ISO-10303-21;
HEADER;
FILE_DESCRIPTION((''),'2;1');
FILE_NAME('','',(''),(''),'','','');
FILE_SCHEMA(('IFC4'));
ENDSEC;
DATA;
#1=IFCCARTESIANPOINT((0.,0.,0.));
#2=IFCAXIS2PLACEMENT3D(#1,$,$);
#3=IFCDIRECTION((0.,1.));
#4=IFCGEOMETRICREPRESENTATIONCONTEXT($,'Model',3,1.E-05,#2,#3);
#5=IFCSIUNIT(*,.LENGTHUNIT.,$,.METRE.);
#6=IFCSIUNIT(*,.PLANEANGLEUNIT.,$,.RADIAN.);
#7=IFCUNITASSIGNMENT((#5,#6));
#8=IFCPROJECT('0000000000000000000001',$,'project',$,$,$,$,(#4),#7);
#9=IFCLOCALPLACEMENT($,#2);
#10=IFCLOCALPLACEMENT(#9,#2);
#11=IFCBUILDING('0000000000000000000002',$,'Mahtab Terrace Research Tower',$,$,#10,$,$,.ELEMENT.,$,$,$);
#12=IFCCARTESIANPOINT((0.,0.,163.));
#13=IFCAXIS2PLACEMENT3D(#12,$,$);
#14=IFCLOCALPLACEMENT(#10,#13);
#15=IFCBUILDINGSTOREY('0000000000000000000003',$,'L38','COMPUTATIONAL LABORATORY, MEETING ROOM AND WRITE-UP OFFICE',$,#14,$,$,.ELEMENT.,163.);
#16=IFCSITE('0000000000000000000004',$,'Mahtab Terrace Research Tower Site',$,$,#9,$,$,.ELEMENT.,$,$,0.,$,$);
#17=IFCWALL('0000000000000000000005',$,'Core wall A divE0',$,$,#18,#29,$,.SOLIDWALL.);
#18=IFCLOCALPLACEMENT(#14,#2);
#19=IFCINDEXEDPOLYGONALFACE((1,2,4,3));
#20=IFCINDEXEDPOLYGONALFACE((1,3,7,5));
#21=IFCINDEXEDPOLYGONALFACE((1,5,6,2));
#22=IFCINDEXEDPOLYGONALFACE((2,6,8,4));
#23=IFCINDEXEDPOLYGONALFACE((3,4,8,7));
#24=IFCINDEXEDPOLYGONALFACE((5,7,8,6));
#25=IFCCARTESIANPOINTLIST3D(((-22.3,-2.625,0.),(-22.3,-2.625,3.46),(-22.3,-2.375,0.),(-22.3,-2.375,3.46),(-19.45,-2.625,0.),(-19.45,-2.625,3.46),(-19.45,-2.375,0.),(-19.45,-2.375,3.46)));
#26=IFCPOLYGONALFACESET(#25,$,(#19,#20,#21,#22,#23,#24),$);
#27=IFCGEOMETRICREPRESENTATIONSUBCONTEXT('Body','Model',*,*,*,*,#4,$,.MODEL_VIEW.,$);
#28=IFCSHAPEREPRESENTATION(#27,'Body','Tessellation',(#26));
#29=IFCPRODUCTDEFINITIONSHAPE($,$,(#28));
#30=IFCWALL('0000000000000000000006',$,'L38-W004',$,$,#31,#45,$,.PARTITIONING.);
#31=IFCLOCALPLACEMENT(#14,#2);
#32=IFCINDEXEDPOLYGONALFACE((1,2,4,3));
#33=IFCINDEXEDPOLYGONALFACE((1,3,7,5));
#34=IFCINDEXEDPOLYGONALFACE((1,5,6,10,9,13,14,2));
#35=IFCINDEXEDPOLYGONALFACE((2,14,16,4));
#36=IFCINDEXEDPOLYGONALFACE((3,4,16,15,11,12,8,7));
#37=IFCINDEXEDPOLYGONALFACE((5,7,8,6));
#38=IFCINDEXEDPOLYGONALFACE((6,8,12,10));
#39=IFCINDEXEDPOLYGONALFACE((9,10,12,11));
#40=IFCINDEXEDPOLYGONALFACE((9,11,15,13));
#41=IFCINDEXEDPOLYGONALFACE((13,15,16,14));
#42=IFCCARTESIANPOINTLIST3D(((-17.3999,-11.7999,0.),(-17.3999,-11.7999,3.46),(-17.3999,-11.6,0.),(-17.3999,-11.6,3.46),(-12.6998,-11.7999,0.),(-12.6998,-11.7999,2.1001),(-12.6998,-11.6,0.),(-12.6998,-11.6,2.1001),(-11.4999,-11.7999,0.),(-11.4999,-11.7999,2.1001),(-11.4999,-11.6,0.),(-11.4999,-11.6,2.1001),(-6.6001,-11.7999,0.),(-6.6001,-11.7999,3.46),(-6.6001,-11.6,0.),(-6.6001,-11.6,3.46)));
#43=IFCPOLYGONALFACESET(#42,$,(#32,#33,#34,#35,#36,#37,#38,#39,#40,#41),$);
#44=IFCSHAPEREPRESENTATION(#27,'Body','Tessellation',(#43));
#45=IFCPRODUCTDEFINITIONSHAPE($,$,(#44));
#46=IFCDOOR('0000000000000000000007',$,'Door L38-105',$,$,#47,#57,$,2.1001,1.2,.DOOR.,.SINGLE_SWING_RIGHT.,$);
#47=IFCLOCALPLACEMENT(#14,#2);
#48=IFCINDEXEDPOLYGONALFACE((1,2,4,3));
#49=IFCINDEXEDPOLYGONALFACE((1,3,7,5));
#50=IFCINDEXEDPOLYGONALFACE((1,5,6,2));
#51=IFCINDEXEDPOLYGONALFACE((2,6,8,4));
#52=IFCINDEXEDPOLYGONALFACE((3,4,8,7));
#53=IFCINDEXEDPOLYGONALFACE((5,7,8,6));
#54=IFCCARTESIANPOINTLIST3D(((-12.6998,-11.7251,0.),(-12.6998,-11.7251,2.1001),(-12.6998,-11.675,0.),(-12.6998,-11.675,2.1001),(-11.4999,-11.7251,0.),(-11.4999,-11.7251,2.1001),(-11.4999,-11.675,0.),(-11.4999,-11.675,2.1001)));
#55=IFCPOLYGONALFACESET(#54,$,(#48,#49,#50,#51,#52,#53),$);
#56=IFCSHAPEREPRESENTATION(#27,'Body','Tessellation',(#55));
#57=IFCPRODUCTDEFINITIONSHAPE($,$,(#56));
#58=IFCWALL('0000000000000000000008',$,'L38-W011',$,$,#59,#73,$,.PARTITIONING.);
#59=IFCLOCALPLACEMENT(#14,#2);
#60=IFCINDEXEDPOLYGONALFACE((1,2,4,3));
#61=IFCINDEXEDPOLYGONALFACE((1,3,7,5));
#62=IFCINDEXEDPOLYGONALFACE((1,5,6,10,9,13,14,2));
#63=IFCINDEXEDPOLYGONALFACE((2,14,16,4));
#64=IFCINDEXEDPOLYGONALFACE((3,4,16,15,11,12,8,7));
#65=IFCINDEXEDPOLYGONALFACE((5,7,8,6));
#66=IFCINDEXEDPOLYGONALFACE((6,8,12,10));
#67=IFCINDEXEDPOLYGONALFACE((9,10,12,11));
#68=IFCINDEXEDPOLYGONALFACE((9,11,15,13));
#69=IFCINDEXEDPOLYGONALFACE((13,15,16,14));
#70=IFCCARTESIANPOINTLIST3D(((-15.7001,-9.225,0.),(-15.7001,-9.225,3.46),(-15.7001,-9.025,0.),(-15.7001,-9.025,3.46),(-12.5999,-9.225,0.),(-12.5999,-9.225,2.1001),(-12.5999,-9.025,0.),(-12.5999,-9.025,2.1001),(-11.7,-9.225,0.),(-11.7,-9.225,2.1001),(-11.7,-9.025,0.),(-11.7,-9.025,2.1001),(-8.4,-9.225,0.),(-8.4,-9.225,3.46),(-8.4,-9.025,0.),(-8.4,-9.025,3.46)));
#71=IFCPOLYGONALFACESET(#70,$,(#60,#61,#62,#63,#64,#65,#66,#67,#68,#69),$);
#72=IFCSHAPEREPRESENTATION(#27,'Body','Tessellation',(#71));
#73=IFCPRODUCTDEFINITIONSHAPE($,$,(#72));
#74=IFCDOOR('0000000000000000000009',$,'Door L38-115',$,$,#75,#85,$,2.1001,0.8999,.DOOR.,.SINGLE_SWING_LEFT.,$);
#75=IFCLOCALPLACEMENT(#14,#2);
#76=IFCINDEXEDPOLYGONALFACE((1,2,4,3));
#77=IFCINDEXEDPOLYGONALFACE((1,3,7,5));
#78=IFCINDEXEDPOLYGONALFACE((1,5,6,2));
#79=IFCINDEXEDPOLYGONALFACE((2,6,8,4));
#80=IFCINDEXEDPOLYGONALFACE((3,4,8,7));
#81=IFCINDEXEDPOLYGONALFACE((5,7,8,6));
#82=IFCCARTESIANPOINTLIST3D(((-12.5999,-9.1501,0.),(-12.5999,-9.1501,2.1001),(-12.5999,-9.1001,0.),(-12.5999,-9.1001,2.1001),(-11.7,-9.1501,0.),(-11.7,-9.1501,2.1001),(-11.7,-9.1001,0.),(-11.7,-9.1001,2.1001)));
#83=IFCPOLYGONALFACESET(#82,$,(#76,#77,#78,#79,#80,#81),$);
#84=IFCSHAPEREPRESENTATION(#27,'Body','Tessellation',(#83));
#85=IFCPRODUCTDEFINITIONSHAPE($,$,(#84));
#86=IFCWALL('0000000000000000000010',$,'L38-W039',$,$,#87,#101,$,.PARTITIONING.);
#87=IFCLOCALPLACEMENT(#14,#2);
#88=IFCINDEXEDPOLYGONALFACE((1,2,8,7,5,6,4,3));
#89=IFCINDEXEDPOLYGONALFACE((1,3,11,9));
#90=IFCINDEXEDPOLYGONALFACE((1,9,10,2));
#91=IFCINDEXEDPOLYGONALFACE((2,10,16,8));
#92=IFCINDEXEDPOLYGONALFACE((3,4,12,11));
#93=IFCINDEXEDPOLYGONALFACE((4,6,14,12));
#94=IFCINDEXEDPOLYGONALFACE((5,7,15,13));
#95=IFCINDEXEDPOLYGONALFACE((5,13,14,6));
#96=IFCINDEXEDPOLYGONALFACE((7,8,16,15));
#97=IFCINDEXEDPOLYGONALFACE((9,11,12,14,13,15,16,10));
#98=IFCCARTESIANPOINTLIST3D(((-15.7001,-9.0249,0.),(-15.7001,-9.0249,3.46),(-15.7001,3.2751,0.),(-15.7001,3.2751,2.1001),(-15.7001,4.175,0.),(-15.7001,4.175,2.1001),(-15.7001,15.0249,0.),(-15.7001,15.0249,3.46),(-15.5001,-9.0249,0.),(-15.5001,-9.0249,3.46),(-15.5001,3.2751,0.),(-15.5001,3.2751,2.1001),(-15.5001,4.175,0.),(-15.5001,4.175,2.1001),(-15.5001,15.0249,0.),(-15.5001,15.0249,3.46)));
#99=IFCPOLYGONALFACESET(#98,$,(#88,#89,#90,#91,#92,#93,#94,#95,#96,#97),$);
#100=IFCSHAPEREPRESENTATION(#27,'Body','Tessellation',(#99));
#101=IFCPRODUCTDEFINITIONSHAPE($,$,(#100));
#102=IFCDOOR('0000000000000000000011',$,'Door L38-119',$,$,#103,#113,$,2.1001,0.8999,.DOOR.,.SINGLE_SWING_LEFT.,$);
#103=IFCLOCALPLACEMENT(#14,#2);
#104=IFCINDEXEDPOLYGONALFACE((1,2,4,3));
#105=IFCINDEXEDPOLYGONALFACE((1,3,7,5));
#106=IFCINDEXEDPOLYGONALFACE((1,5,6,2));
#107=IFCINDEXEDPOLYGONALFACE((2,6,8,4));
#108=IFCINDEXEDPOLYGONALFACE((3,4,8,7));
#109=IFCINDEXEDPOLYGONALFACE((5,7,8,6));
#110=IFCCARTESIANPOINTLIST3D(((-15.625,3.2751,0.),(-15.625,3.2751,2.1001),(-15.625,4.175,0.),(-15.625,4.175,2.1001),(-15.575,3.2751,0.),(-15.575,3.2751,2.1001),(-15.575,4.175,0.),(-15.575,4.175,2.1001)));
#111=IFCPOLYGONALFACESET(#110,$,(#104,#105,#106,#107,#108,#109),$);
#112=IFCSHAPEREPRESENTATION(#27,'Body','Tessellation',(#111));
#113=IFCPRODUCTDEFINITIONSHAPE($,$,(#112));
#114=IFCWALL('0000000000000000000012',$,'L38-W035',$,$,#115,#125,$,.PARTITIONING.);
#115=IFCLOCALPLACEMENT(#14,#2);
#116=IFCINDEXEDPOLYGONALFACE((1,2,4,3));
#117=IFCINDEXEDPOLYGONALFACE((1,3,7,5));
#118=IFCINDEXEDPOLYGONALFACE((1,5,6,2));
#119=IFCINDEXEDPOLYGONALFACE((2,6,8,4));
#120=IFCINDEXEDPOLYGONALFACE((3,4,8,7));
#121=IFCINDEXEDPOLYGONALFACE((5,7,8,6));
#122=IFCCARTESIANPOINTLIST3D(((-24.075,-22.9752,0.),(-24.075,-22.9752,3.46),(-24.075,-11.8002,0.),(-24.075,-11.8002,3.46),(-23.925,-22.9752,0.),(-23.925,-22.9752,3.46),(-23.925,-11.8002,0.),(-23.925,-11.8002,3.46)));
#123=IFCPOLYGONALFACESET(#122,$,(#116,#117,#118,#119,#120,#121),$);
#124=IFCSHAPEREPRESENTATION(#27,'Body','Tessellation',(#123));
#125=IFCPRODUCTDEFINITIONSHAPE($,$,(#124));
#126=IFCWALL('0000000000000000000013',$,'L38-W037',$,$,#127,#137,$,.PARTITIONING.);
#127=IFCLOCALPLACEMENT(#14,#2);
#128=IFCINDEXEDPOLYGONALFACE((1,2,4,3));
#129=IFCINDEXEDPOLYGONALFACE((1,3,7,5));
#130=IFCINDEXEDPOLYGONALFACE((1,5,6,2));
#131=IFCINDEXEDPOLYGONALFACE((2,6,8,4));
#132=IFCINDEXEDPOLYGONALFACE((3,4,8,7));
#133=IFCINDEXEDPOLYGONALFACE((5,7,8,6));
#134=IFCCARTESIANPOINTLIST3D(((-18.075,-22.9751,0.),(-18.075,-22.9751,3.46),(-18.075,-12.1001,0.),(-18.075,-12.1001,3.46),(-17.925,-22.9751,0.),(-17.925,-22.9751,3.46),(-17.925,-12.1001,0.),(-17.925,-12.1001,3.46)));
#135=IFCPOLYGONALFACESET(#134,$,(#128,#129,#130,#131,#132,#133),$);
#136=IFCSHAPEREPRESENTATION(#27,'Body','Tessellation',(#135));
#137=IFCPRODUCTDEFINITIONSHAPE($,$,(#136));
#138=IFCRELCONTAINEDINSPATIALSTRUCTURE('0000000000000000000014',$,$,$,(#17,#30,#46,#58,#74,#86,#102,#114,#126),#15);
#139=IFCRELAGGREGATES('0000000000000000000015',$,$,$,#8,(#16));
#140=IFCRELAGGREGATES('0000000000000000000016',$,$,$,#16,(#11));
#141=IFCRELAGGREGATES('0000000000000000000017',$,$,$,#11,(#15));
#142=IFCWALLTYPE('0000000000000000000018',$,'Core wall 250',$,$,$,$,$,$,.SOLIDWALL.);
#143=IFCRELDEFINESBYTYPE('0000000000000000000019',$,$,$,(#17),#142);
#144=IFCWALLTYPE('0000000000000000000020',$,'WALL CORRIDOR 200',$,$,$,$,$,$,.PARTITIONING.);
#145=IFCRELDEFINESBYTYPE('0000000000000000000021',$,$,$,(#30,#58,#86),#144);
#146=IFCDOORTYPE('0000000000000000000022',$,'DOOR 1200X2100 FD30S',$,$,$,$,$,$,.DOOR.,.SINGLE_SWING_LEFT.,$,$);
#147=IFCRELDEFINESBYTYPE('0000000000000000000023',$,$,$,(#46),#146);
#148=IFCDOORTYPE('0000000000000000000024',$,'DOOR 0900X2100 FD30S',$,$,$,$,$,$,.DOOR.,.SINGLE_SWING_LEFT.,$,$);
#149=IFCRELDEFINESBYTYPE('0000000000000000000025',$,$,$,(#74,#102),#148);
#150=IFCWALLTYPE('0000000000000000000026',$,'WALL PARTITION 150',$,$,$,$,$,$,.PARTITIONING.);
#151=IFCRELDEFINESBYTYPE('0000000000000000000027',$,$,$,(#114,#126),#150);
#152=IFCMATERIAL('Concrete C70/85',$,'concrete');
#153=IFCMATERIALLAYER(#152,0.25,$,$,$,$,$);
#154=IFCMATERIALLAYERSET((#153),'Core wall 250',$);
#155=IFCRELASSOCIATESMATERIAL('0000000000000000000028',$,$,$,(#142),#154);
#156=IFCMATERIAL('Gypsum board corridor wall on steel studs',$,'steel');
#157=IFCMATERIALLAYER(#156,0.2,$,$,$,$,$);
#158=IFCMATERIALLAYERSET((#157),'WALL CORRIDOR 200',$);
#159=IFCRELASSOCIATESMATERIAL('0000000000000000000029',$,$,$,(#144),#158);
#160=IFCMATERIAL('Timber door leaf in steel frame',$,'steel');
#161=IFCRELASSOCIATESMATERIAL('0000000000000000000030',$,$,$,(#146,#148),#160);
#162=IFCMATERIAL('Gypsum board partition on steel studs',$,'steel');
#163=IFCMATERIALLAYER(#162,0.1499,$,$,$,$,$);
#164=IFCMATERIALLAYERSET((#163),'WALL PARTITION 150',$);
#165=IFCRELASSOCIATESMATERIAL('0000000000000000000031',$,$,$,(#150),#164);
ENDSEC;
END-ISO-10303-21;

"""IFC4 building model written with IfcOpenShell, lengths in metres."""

from ifc_helpers import new_model, si_unit, direction, frame, frame_2d, origin, place, context, subcontext, project, spatial, rectangle, extrude, material, layer, layer_set, type_object, element, fill, save


model = new_model("IFC4")

# Units and contexts
model_context = context("Model", 3, precision=1e-05, world=origin(), true_north=direction((0.0, 1.0)))
body_context = subcontext(model_context, "Body", "Model", "MODEL_VIEW")
ifc_project = project(units=[si_unit("LENGTHUNIT", "METRE"), si_unit("PLANEANGLEUNIT", "RADIAN")], contexts=[model_context])

# Site, building, storey
site_placement = place(None, origin())
site = spatial("IfcSite", under=ifc_project, at=site_placement, Name="Mahtab Terrace Research Tower Site", CompositionType="ELEMENT", RefElevation=0.0)
building_placement = place(site_placement, origin())
building = spatial("IfcBuilding", under=site, at=building_placement, Name="Mahtab Terrace Research Tower", CompositionType="ELEMENT")
storey_placement = place(building_placement, frame((0.0, 0.0, 163.0)))
storey = spatial("IfcBuildingStorey", under=building, at=storey_placement, Name="L38", Description="COMPUTATIONAL LABORATORY, MEETING ROOM AND WRITE-UP OFFICE", CompositionType="ELEMENT", Elevation=163.0)

# Shared definitions
ifc_material_1 = material(Name="Concrete C70/85", Category="concrete")

# Shared definitions
ifc_layer_1 = layer(ifc_material_1, 0.25)
ifc_layer_set_1 = layer_set([ifc_layer_1], Name="Core wall 250")
wall_type_1 = type_object("IfcWallType", Name="Core wall 250", PredefinedType="SOLIDWALL", material=ifc_layer_set_1)

# Wall
wall_1_placement = place(storey_placement, frame((-22.3, -2.5, 0.0), z_axis=(0.0, 0.0, 1.0), x_axis=(1.0, 0.0, 0.0)))
element("IfcWall", 1, at=wall_1_placement, inside=storey, type_object=wall_type_1, Name="Core wall A divE0", PredefinedType="SOLIDWALL", context=body_context, shape_type="SweptSolid", body=[
    extrude(rectangle(XDim=2.8501, YDim=0.25, at=frame_2d((1.425, 0.0))), origin(), (0.0, 0.0, 1.0), 3.46),
])

# Walls, openings, doors
ifc_material_2 = material(Name="Gypsum board corridor wall on steel studs", Category="steel")
ifc_layer_2 = layer(ifc_material_2, 0.2)
ifc_layer_set_2 = layer_set([ifc_layer_2], Name="WALL CORRIDOR 200")
wall_type_2 = type_object("IfcWallType", Name="WALL CORRIDOR 200", PredefinedType="PARTITIONING", material=ifc_layer_set_2)
wall_2_placement = place(storey_placement, frame((-17.3999, -11.7, 0.0), z_axis=(0.0, 0.0, 1.0), x_axis=(1.0, 0.0, 0.0)))
wall_2 = element("IfcWall", 2, at=wall_2_placement, inside=storey, type_object=wall_type_2, Name="L38-W004", PredefinedType="PARTITIONING", context=body_context, shape_type="SweptSolid", body=[
    extrude(rectangle(XDim=10.7998, YDim=0.2, at=frame_2d((5.3999, 0.0))), origin(), (0.0, 0.0, 1.0), 3.46),
])
opening_1_placement = place(wall_2_placement, frame((4.7, 0.0, 0.0)))
opening_1 = element("IfcOpeningElement", 3, at=opening_1_placement, cuts=wall_2, PredefinedType="OPENING", context=body_context, shape_type="SweptSolid", body=[
    extrude(rectangle(XDim=1.2, YDim=2.1001, at=frame_2d((0.6001, 1.05))), frame((0.0, 0.1099, 0.0), z_axis=(0.0, -1.0, 0.0), x_axis=(1.0, 0.0, 0.0)), (0.0, 0.0, 1.0), 0.22),
])
ifc_material_3 = material(Name="Timber door leaf in steel frame", Category="steel")
door_type_1 = type_object("IfcDoorType", Name="DOOR 1200X2100 FD30S", OperationType="SINGLE_SWING_LEFT", PredefinedType="DOOR", material=ifc_material_3)
door_1_placement = place(opening_1_placement, origin())
door_1 = element("IfcDoor", 4, at=door_1_placement, inside=storey, type_object=door_type_1, Name="Door L38-105", OperationType="SINGLE_SWING_RIGHT", OverallHeight=2.1001, OverallWidth=1.2, PredefinedType="DOOR", context=body_context, shape_type="SweptSolid", body=[
    extrude(rectangle(XDim=1.2, YDim=2.1001, at=frame_2d((0.6001, 1.05))), frame((0.0, 0.0249, 0.0), z_axis=(0.0, -1.0, 0.0), x_axis=(1.0, 0.0, 0.0)), (0.0, 0.0, 1.0), 0.05),
])
fill(opening_1, door_1)
wall_3_placement = place(storey_placement, frame((-15.7, -9.125, 0.0), z_axis=(0.0, 0.0, 1.0), x_axis=(1.0, 0.0, 0.0)))
wall_3 = element("IfcWall", 5, at=wall_3_placement, inside=storey, type_object=wall_type_2, Name="L38-W011", PredefinedType="PARTITIONING", context=body_context, shape_type="SweptSolid", body=[
    extrude(rectangle(XDim=7.3, YDim=0.2, at=frame_2d((3.6499, 0.0))), origin(), (0.0, 0.0, 1.0), 3.46),
])
opening_2_placement = place(wall_3_placement, frame((3.1001, 0.0, 0.0)))
opening_2 = element("IfcOpeningElement", 6, at=opening_2_placement, cuts=wall_3, PredefinedType="OPENING", context=body_context, shape_type="SweptSolid", body=[
    extrude(rectangle(XDim=0.8999, YDim=2.1001, at=frame_2d((0.45, 1.05))), frame((0.0, 0.1099, 0.0), z_axis=(0.0, -1.0, 0.0), x_axis=(1.0, 0.0, 0.0)), (0.0, 0.0, 1.0), 0.22),
])
door_type_2 = type_object("IfcDoorType", Name="DOOR 0900X2100 FD30S", OperationType="SINGLE_SWING_LEFT", PredefinedType="DOOR", material=ifc_material_3)
door_2_placement = place(opening_2_placement, origin())
door_2 = element("IfcDoor", 7, at=door_2_placement, inside=storey, type_object=door_type_2, Name="Door L38-115", OperationType="SINGLE_SWING_LEFT", OverallHeight=2.1001, OverallWidth=0.8999, PredefinedType="DOOR", context=body_context, shape_type="SweptSolid", body=[
    extrude(rectangle(XDim=0.8999, YDim=2.1001, at=frame_2d((0.45, 1.05))), frame((0.0, 0.0249, 0.0), z_axis=(0.0, -1.0, 0.0), x_axis=(1.0, 0.0, 0.0)), (0.0, 0.0, 1.0), 0.05),
])
fill(opening_2, door_2)
wall_4_placement = place(storey_placement, frame((-15.6001, -9.0249, 0.0), z_axis=(0.0, 0.0, 1.0), x_axis=(0.0, 1.0, 0.0)))
wall_4 = element("IfcWall", 8, at=wall_4_placement, inside=storey, type_object=wall_type_2, Name="L38-W039", PredefinedType="PARTITIONING", context=body_context, shape_type="SweptSolid", body=[
    extrude(rectangle(XDim=24.0498, YDim=0.2, at=frame_2d((12.0249, 0.0))), origin(), (0.0, 0.0, 1.0), 3.46),
])
opening_3_placement = place(wall_4_placement, frame((12.3, 0.0, 0.0)))
opening_3 = element("IfcOpeningElement", 9, at=opening_3_placement, cuts=wall_4, PredefinedType="OPENING", context=body_context, shape_type="SweptSolid", body=[
    extrude(rectangle(XDim=0.8999, YDim=2.1001, at=frame_2d((0.45, 1.05))), frame((0.0, 0.1099, 0.0), z_axis=(0.0, -1.0, 0.0), x_axis=(1.0, 0.0, 0.0)), (0.0, 0.0, 1.0), 0.22),
])
door_3_placement = place(opening_3_placement, origin())
door_3 = element("IfcDoor", 10, at=door_3_placement, inside=storey, type_object=door_type_2, Name="Door L38-119", OperationType="SINGLE_SWING_LEFT", OverallHeight=2.1001, OverallWidth=0.8999, PredefinedType="DOOR", context=body_context, shape_type="SweptSolid", body=[
    extrude(rectangle(XDim=0.8999, YDim=2.1001, at=frame_2d((0.45, 1.05))), frame((0.0, 0.0249, 0.0), z_axis=(0.0, -1.0, 0.0), x_axis=(1.0, 0.0, 0.0)), (0.0, 0.0, 1.0), 0.05),
])
fill(opening_3, door_3)

# Walls
ifc_material_4 = material(Name="Gypsum board partition on steel studs", Category="steel")
ifc_layer_3 = layer(ifc_material_4, 0.1499)
ifc_layer_set_3 = layer_set([ifc_layer_3], Name="WALL PARTITION 150")
wall_type_3 = type_object("IfcWallType", Name="WALL PARTITION 150", PredefinedType="PARTITIONING", material=ifc_layer_set_3)
wall_5_placement = place(storey_placement, frame((-24.0, -22.9751, 0.0), z_axis=(0.0, 0.0, 1.0), x_axis=(0.0, 1.0, 0.0)))
element("IfcWall", 11, at=wall_5_placement, inside=storey, type_object=wall_type_3, Name="L38-W035", PredefinedType="PARTITIONING", context=body_context, shape_type="SweptSolid", body=[
    extrude(rectangle(XDim=11.175, YDim=0.1499, at=frame_2d((5.5874, 0.0))), origin(), (0.0, 0.0, 1.0), 3.46),
])
wall_6_placement = place(storey_placement, frame((-18.0, -22.9751, 0.0), z_axis=(0.0, 0.0, 1.0), x_axis=(0.0, 1.0, 0.0)))
element("IfcWall", 12, at=wall_6_placement, inside=storey, type_object=wall_type_3, Name="L38-W037", PredefinedType="PARTITIONING", context=body_context, shape_type="SweptSolid", body=[
    extrude(rectangle(XDim=10.875, YDim=0.1499, at=frame_2d((5.4375, 0.0))), origin(), (0.0, 0.0, 1.0), 3.46),
])

save(model, "model.ifc")
